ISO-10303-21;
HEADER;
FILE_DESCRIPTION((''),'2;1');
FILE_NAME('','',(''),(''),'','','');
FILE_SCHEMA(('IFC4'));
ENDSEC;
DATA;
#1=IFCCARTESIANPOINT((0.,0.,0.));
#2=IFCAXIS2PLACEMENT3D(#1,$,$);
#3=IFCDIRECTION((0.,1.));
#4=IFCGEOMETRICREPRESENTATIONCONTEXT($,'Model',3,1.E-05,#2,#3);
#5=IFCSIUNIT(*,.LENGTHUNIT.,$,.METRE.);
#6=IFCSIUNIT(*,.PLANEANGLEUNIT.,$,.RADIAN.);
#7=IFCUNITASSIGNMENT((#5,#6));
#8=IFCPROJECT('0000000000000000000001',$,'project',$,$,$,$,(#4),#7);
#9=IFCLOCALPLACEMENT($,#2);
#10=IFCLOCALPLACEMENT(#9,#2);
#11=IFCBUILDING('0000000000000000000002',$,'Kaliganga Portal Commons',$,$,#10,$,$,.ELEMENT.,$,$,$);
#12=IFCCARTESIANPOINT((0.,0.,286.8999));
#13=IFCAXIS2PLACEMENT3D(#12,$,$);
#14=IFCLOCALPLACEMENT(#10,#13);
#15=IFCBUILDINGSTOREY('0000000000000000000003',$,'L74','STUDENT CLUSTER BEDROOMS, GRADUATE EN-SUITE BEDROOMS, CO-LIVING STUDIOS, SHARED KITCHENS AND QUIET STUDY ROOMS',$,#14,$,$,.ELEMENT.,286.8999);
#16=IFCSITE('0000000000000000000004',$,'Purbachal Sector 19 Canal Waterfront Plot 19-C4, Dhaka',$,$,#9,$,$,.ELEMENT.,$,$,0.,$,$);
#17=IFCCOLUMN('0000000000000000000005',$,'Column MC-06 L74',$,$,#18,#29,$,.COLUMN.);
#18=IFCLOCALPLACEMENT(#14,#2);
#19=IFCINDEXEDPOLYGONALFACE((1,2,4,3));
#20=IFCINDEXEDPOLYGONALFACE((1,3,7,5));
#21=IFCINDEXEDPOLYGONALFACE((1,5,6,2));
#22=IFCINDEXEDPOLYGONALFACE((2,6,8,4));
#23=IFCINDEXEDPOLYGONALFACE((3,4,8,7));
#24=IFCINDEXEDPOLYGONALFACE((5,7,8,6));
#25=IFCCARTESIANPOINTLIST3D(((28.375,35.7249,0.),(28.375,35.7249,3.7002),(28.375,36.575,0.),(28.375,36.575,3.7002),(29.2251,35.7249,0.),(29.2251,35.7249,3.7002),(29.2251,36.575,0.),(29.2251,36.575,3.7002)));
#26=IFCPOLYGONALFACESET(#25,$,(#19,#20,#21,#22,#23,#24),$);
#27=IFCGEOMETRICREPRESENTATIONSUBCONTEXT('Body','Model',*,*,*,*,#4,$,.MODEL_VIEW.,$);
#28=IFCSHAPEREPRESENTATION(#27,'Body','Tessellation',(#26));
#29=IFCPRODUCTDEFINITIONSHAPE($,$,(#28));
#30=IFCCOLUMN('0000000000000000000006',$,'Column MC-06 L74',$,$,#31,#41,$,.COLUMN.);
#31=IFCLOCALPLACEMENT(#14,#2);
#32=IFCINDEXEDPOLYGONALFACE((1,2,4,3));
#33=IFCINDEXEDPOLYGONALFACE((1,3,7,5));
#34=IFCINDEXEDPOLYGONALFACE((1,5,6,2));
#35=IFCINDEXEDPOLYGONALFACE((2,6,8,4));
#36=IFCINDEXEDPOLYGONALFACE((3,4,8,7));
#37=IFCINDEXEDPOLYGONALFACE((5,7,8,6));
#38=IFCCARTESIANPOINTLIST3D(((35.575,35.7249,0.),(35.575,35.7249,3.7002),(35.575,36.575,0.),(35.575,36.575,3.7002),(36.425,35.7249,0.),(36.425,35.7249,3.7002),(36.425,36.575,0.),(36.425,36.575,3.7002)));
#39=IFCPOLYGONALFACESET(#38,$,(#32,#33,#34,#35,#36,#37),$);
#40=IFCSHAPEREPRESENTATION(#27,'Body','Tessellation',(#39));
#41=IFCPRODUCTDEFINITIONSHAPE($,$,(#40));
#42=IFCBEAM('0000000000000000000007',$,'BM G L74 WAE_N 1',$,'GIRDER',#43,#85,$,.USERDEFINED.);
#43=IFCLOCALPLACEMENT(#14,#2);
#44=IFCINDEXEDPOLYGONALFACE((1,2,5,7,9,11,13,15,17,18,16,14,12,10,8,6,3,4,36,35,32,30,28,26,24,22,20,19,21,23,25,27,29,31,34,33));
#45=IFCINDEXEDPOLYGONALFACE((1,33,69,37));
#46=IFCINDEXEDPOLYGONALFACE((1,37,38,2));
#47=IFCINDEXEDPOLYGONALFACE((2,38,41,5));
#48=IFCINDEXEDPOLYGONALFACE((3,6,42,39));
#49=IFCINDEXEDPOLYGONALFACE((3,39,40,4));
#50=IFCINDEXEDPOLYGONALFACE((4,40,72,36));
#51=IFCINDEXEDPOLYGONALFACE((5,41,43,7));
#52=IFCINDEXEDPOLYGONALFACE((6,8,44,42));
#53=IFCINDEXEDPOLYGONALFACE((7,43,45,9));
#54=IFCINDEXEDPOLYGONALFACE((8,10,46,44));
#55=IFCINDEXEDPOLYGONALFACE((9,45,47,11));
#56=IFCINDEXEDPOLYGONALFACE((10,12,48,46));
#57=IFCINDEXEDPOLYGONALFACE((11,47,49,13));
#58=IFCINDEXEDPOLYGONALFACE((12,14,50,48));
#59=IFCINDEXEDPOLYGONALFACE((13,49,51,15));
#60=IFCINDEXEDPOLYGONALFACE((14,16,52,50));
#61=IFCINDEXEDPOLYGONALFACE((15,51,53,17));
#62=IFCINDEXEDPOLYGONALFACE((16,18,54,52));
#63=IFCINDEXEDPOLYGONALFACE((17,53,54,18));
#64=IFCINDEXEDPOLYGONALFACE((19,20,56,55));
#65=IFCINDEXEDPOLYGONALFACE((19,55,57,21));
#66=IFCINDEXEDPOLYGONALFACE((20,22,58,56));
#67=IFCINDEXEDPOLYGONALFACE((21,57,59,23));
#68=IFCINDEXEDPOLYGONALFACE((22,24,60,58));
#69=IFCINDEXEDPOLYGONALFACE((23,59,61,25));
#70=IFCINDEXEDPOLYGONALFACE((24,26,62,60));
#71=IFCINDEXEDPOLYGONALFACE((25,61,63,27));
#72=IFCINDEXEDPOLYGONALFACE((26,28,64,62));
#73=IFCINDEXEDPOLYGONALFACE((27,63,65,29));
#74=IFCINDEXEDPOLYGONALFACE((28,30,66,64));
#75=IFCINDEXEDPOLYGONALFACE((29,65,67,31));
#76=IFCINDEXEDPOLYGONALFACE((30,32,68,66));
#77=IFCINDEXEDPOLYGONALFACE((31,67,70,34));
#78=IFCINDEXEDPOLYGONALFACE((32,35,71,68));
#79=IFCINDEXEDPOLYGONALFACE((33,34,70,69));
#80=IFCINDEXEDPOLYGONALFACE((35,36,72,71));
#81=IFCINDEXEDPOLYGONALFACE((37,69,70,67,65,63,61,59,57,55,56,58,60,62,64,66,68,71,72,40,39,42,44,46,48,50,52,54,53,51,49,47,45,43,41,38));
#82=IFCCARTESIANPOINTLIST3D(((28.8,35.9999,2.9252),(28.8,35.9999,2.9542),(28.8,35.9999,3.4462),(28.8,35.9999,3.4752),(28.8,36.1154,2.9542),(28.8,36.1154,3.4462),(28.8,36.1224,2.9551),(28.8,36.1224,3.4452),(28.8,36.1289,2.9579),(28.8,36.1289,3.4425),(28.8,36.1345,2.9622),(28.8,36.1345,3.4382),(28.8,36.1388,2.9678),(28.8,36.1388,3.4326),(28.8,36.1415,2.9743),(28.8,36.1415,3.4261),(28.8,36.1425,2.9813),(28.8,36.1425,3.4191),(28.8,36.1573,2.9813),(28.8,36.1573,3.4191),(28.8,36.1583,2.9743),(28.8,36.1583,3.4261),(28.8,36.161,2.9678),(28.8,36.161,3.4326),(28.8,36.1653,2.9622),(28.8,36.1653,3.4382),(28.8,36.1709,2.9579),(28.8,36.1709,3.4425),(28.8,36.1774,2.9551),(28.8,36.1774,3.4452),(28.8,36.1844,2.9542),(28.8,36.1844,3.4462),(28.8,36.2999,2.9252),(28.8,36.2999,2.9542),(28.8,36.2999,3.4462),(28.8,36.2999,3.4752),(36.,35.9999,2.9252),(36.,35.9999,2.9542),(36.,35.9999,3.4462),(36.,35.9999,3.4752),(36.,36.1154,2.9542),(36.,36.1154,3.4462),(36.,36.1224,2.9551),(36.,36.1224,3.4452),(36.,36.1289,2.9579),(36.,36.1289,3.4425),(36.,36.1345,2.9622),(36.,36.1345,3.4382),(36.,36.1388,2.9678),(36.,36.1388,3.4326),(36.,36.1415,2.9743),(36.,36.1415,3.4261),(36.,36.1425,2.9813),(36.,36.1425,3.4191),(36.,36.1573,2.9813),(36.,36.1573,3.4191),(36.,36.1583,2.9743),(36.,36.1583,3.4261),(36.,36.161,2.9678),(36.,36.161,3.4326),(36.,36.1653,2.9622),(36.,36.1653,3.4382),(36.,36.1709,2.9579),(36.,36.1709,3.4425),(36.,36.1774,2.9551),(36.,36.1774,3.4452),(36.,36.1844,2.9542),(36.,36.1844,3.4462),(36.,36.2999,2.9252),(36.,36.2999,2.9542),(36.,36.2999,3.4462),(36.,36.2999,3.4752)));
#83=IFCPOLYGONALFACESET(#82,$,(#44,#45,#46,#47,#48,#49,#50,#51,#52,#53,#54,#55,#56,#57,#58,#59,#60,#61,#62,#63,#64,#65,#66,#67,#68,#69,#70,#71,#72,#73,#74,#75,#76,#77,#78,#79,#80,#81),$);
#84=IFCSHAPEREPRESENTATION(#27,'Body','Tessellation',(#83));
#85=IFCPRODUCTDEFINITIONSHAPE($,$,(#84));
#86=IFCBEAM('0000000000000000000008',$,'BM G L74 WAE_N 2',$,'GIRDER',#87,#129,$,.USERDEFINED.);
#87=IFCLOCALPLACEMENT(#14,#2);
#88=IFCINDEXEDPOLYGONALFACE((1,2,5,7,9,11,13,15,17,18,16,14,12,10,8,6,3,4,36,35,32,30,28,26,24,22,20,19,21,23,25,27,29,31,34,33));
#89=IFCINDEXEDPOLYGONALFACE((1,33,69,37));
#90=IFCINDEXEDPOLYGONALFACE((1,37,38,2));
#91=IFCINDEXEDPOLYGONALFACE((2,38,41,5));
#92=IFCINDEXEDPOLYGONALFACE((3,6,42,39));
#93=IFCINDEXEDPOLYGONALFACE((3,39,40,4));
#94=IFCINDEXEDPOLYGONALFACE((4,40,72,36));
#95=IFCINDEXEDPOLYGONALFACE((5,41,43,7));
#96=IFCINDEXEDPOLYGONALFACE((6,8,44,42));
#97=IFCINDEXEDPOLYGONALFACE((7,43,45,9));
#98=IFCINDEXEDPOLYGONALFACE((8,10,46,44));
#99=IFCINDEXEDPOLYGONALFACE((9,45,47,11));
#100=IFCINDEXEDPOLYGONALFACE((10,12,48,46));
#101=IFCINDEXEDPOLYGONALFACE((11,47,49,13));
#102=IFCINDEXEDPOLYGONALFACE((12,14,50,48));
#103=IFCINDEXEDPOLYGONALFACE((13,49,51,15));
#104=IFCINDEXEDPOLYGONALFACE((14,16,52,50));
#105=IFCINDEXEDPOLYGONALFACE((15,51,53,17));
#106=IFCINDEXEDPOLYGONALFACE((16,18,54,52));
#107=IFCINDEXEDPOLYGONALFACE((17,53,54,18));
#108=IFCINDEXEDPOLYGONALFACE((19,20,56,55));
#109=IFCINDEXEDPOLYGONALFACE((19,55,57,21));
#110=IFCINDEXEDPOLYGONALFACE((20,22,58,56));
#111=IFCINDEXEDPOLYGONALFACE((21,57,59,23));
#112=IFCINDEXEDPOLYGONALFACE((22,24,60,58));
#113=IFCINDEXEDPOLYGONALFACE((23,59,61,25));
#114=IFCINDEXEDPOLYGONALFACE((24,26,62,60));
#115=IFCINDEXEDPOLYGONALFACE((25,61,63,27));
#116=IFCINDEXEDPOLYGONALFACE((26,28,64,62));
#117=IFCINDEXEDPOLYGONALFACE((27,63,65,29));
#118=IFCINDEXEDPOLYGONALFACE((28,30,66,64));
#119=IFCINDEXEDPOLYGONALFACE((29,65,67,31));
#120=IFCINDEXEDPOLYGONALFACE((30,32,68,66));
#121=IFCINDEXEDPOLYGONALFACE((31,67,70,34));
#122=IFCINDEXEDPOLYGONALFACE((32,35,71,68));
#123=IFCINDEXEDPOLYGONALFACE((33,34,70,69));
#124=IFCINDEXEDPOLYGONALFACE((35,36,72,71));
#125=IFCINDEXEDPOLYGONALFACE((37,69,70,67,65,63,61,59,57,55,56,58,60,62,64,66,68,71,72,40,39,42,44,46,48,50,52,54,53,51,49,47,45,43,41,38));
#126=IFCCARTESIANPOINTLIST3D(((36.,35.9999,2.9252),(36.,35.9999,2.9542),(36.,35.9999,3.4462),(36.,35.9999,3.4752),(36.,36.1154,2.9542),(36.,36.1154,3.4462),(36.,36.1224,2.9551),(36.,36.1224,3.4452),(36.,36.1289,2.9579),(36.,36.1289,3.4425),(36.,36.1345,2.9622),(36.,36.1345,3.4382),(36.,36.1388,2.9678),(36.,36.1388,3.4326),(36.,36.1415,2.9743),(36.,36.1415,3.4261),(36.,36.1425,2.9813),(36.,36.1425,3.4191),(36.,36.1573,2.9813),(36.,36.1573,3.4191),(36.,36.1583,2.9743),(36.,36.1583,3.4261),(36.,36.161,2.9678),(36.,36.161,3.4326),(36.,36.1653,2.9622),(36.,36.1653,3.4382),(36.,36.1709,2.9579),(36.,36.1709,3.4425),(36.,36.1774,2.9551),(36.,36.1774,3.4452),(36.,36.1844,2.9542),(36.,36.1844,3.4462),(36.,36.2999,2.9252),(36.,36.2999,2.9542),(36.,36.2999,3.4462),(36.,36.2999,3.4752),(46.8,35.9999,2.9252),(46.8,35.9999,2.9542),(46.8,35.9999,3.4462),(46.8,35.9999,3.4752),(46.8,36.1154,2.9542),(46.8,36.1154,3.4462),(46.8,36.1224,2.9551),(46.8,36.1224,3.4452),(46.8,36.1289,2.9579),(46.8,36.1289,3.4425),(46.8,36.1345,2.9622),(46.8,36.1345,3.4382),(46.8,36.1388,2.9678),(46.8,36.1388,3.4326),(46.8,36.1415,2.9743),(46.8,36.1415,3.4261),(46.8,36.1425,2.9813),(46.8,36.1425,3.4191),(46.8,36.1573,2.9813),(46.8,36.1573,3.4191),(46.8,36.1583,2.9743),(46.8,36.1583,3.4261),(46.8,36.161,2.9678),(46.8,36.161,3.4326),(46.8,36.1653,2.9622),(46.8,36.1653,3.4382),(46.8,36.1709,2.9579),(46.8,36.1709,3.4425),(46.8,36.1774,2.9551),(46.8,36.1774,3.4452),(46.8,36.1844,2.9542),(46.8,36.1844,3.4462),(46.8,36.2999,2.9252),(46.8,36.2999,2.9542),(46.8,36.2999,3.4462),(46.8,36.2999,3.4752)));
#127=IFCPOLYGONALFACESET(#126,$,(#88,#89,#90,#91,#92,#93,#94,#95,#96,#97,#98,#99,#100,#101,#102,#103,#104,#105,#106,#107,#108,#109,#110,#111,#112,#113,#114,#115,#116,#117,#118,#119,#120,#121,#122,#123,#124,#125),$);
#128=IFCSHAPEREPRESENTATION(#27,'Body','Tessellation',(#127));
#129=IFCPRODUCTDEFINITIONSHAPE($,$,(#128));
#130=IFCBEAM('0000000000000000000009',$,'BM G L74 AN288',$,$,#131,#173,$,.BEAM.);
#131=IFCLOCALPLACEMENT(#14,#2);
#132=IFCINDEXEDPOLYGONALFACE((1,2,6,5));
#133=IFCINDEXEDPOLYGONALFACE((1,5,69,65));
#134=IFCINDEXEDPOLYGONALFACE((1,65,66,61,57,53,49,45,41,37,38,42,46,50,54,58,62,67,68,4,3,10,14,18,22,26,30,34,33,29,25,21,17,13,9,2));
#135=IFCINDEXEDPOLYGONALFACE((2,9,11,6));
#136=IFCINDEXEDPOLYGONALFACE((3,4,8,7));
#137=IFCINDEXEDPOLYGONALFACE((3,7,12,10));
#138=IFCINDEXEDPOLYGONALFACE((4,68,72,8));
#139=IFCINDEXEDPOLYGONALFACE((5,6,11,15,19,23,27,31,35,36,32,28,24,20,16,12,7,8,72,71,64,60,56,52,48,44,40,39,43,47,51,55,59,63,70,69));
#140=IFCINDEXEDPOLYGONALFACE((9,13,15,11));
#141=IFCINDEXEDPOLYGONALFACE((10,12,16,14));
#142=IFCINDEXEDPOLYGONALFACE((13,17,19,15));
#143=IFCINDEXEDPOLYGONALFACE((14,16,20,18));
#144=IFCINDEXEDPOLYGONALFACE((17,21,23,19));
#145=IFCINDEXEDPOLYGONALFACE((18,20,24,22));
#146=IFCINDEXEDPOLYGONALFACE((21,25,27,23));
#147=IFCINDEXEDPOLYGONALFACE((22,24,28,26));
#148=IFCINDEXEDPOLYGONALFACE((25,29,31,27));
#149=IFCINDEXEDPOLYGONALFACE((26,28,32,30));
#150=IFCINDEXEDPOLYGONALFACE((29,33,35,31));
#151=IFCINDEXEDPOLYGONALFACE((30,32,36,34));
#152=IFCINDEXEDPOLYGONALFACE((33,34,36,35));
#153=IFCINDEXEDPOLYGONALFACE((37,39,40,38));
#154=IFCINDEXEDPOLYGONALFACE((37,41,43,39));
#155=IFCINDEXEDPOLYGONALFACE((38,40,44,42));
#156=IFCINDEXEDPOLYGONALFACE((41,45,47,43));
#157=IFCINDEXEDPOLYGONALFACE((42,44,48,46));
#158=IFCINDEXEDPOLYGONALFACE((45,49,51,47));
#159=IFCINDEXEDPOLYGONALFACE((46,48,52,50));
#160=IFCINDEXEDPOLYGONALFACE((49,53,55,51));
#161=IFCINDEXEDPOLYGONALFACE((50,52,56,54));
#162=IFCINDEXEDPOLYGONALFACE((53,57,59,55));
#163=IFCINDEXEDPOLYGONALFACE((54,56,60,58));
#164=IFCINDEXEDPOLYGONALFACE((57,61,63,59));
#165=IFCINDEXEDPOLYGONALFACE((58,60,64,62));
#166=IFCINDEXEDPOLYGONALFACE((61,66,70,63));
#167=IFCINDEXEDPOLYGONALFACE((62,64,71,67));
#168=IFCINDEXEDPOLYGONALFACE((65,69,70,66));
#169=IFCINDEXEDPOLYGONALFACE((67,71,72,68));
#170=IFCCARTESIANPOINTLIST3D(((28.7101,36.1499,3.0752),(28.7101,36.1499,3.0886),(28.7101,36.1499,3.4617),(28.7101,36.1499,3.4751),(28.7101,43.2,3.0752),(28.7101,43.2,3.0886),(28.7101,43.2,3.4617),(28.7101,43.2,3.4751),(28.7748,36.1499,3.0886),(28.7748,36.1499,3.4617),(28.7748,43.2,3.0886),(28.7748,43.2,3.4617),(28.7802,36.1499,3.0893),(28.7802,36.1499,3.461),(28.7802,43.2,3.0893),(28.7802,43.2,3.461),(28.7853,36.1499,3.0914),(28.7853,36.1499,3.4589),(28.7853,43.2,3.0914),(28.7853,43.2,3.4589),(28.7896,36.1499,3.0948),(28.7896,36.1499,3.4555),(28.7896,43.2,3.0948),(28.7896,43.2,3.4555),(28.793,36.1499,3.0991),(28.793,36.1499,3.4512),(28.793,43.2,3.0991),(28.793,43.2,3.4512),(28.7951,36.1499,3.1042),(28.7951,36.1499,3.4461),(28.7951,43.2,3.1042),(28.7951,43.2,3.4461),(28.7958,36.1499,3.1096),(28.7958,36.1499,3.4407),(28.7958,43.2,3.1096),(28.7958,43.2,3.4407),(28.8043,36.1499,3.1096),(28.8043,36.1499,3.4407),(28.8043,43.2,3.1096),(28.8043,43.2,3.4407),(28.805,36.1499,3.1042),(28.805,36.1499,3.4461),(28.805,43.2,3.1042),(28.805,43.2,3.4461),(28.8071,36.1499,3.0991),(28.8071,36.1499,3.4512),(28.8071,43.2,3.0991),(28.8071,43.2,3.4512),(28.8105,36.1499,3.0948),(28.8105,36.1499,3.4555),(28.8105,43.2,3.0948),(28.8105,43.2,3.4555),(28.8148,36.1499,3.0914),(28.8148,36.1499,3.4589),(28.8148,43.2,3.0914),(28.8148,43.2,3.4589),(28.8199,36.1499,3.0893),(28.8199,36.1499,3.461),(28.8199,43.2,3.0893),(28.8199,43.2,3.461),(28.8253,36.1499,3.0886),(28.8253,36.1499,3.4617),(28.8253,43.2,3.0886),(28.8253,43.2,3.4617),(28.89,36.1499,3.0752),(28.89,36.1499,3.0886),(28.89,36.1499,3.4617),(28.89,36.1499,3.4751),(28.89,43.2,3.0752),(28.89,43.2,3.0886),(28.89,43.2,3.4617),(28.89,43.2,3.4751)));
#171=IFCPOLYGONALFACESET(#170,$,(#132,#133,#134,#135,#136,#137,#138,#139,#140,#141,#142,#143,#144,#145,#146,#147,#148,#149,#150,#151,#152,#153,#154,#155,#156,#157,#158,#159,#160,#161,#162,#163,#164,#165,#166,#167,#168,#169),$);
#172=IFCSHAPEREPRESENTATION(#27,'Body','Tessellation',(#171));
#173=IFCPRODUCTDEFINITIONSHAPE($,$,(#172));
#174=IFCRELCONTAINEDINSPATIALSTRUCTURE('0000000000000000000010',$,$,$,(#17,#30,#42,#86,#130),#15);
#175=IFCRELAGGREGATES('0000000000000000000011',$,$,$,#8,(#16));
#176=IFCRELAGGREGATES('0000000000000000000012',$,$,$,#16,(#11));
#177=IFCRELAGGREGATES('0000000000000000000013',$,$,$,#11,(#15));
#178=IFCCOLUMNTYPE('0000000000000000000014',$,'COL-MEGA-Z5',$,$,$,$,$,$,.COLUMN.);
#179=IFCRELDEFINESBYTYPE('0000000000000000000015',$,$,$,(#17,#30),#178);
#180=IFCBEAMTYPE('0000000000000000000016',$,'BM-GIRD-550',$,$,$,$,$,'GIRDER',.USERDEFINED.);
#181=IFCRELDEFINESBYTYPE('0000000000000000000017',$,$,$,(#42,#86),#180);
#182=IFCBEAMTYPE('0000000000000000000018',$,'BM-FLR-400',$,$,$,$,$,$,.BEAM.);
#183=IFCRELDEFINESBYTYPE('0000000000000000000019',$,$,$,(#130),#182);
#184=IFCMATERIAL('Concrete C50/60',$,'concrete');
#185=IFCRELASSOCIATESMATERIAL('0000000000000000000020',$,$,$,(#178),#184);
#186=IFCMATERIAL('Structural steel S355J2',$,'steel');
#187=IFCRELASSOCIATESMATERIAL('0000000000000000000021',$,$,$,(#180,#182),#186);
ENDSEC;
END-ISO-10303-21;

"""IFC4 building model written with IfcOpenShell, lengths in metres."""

from ifc_helpers import new_model, si_unit, direction, frame, origin, origin_2d, place, context, subcontext, project, spatial, rectangle, i_section, extrude, source, transform, mapped, material, material_profile, profile_set, type_object, element, save


model = new_model("IFC4")

# Units and contexts
model_context = context("Model", 3, precision=1e-05, world=origin(), true_north=direction((0.0, 1.0)))
body_context = subcontext(model_context, "Body", "Model", "MODEL_VIEW")
ifc_project = project(units=[si_unit("LENGTHUNIT", "METRE"), si_unit("PLANEANGLEUNIT", "RADIAN")], contexts=[model_context])

# Site, building, storey
site_placement = place(None, origin())
site = spatial("IfcSite", under=ifc_project, at=site_placement, Name="Purbachal Sector 19 Canal Waterfront Plot 19-C4, Dhaka", CompositionType="ELEMENT", RefElevation=0.0)
building_placement = place(site_placement, origin())
building = spatial("IfcBuilding", under=site, at=building_placement, Name="Kaliganga Portal Commons", CompositionType="ELEMENT")
storey_placement = place(building_placement, frame((0.0, 0.0, 286.8999)))
storey = spatial("IfcBuildingStorey", under=building, at=storey_placement, Name="L74", Description="STUDENT CLUSTER BEDROOMS, GRADUATE EN-SUITE BEDROOMS, CO-LIVING STUDIOS, SHARED KITCHENS AND QUIET STUDY ROOMS", CompositionType="ELEMENT", Elevation=286.8999)

# Columns
ifc_material_1 = material(Name="Concrete C50/60", Category="concrete")
ifc_material_profile_1 = material_profile(ifc_material_1, rectangle(XDim=0.8501, YDim=0.8501, at=origin_2d()), Name="RC 850x850")
ifc_profile_set_1 = profile_set([ifc_material_profile_1], Name="Concrete C50/60")
column_type = type_object("IfcColumnType", Name="COL-MEGA-Z5", PredefinedType="COLUMN", material=ifc_profile_set_1)
shared_shape_1 = source(origin(), body_context, "Body", "SweptSolid", [
    extrude(rectangle(XDim=0.8501, YDim=0.8501, at=origin_2d()), origin(), (0.0, 0.0, 1.0), 3.7002),
])
for number, where, z_axis, x_axis, name in (
    (1, (28.8, 36.1499, 0.0), (0.0, 0.0, 1.0), (1.0, 0.0, 0.0), "Column MC-06 L74"),
    (2, (36.0, 36.1499, 0.0), (0.0, 0.0, 1.0), (1.0, 0.0, 0.0), "Column MC-06 L74"),
):
    element("IfcColumn", number, at=place(storey_placement, frame(where, z_axis=z_axis, x_axis=x_axis)), inside=storey, type_object=column_type, Name=name, PredefinedType="COLUMN", context=body_context, shape_type="MappedRepresentation", body=[
        mapped(shared_shape_1, transform((0.0, 0.0, 0.0), x_axis=(1.0, 0.0, 0.0), y_axis=(0.0, 1.0, 0.0), z_axis=(0.0, 0.0, 1.0), scale=1.0)),
    ])

# Beams
ifc_material_2 = material(Name="Structural steel S355J2", Category="steel")
ifc_material_profile_2 = material_profile(ifc_material_2, i_section(OverallWidth=0.3, OverallDepth=0.55, WebThickness=0.0149, FlangeThickness=0.0291, FilletRadius=0.0271, at=origin_2d()), Name="HE 550 B")
ifc_profile_set_2 = profile_set([ifc_material_profile_2], Name="Structural steel S355J2 wide-flange")
beam_type_1 = type_object("IfcBeamType", Name="BM-GIRD-550", ElementType="GIRDER", PredefinedType="USERDEFINED", material=ifc_profile_set_2)
shared_shape_2 = source(origin(), body_context, "Body", "SweptSolid", [
    extrude(i_section(OverallWidth=0.3, OverallDepth=0.55, WebThickness=0.0149, FlangeThickness=0.0291, FilletRadius=0.0271, at=origin_2d()), origin(), (0.0, 0.0, 1.0), 7.2),
])
beam_1_placement = place(storey_placement, frame((28.8, 36.1499, 3.2002), z_axis=(1.0, 0.0, 0.0), x_axis=(0.0, 1.0, 0.0)))
element("IfcBeam", 3, at=beam_1_placement, inside=storey, type_object=beam_type_1, Name="BM G L74 WAE_N 1", ObjectType="GIRDER", PredefinedType="USERDEFINED", context=body_context, shape_type="MappedRepresentation", body=[
    mapped(shared_shape_2, transform((0.0, 0.0, 0.0), x_axis=(1.0, 0.0, 0.0), y_axis=(0.0, 1.0, 0.0), z_axis=(0.0, 0.0, 1.0), scale=1.0)),
])
shared_shape_3 = source(origin(), body_context, "Body", "SweptSolid", [
    extrude(i_section(OverallWidth=0.3, OverallDepth=0.55, WebThickness=0.0149, FlangeThickness=0.0291, FilletRadius=0.0271, at=origin_2d()), origin(), (0.0, 0.0, 1.0), 10.8),
])
beam_2_placement = place(storey_placement, frame((36.0, 36.1499, 3.2002), z_axis=(1.0, 0.0, 0.0), x_axis=(0.0, 1.0, 0.0)))
element("IfcBeam", 4, at=beam_2_placement, inside=storey, type_object=beam_type_1, Name="BM G L74 WAE_N 2", ObjectType="GIRDER", PredefinedType="USERDEFINED", context=body_context, shape_type="MappedRepresentation", body=[
    mapped(shared_shape_3, transform((0.0, 0.0, 0.0), x_axis=(1.0, 0.0, 0.0), y_axis=(0.0, 1.0, 0.0), z_axis=(0.0, 0.0, 1.0), scale=1.0)),
])
ifc_material_profile_3 = material_profile(ifc_material_2, i_section(OverallWidth=0.1799, OverallDepth=0.3999, WebThickness=0.0085, FlangeThickness=0.0134, FilletRadius=0.021, at=origin_2d()), Name="IPE 400")
ifc_profile_set_3 = profile_set([ifc_material_profile_3], Name="Structural steel S355J2 wide-flange")
beam_type_2 = type_object("IfcBeamType", Name="BM-FLR-400", PredefinedType="BEAM", material=ifc_profile_set_3)
shared_shape_4 = source(origin(), body_context, "Body", "SweptSolid", [
    extrude(i_section(OverallWidth=0.1799, OverallDepth=0.3999, WebThickness=0.0085, FlangeThickness=0.0134, FilletRadius=0.021, at=origin_2d()), origin(), (0.0, 0.0, 1.0), 7.05),
])
for number, where, z_axis, x_axis, name in (
    (5, (28.8, 36.1499, 3.2751), (0.0, 1.0, 0.0), (-1.0, 0.0, 0.0), "BM G L74 AN288"),
):
    element("IfcBeam", number, at=place(storey_placement, frame(where, z_axis=z_axis, x_axis=x_axis)), inside=storey, type_object=beam_type_2, Name=name, PredefinedType="BEAM", context=body_context, shape_type="MappedRepresentation", body=[
        mapped(shared_shape_4, transform((0.0, 0.0, 0.0), x_axis=(1.0, 0.0, 0.0), y_axis=(0.0, 1.0, 0.0), z_axis=(0.0, 0.0, 1.0), scale=1.0)),
    ])

save(model, "model.ifc")
